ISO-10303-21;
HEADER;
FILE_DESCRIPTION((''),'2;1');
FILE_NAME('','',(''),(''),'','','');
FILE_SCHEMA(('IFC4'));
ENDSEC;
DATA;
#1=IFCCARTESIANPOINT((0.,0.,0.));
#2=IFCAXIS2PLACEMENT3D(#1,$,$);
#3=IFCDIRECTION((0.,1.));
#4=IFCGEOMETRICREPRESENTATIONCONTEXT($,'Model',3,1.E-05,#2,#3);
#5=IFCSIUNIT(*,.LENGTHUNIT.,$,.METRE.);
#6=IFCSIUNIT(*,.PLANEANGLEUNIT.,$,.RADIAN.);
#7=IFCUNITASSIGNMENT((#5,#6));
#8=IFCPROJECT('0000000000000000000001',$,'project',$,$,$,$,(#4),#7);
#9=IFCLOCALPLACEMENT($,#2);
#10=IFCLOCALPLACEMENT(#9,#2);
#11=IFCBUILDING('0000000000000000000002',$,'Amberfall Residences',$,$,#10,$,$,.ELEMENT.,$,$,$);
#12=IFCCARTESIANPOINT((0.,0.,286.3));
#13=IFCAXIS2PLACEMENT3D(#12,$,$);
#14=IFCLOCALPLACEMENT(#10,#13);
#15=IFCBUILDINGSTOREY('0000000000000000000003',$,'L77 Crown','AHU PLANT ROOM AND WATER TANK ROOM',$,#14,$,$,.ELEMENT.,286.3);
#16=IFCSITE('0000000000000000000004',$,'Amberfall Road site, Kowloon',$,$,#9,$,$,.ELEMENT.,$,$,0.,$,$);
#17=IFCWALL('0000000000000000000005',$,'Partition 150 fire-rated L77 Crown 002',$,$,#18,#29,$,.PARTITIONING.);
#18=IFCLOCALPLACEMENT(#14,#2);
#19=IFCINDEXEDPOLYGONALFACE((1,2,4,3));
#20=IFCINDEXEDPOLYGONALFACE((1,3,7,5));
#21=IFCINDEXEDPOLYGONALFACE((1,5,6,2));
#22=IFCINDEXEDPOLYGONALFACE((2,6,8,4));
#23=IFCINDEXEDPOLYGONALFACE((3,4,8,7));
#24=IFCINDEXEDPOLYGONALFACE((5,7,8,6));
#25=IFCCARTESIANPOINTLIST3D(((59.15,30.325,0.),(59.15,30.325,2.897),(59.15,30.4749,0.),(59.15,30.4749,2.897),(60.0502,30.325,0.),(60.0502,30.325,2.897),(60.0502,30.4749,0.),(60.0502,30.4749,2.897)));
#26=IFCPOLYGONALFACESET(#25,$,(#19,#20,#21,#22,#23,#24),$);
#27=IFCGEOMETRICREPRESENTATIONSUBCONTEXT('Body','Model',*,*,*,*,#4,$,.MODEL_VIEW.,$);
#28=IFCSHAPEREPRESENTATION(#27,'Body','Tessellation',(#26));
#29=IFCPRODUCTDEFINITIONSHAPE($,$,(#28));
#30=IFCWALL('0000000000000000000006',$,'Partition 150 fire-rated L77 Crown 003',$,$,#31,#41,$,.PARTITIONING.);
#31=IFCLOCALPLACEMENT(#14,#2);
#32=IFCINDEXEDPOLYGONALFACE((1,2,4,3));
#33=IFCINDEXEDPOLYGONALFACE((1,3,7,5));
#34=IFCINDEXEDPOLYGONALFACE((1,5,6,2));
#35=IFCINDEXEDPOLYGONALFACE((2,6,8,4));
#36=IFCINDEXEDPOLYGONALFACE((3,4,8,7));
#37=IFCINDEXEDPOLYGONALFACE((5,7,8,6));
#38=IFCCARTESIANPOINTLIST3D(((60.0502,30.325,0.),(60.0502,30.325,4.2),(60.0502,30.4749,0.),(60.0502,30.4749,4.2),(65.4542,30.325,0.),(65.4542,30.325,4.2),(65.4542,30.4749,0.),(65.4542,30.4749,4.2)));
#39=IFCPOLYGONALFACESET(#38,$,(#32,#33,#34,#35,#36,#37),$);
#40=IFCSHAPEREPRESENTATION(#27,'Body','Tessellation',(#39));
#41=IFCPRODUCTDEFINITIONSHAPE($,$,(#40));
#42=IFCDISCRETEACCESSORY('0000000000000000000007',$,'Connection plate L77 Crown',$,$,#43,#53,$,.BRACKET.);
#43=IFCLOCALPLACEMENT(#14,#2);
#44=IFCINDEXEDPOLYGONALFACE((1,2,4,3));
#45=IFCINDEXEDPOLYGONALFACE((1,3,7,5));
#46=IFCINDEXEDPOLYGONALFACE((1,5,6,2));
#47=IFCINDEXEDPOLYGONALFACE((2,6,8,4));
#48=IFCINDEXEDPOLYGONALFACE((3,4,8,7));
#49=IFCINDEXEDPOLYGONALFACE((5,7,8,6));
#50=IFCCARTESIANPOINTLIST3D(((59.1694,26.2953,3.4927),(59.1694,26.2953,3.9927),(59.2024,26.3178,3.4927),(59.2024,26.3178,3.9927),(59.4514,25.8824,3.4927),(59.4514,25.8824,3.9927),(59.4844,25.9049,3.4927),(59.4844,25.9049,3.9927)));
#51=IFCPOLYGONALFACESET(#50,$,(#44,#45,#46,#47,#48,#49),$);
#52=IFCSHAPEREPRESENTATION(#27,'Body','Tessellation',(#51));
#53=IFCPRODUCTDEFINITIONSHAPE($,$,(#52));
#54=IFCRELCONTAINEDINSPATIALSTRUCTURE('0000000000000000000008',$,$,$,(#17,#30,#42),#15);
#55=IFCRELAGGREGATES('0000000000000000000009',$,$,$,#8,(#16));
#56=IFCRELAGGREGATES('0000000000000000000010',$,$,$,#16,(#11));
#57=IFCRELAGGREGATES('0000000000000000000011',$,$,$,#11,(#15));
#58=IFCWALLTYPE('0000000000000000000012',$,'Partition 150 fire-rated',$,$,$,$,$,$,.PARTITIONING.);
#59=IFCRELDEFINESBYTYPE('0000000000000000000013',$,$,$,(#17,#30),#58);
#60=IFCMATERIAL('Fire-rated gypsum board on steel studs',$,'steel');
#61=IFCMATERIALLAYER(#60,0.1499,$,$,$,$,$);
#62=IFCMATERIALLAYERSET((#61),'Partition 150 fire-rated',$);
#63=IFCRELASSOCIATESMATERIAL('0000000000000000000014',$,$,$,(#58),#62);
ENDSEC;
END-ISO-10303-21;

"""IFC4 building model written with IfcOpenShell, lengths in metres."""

from ifc_helpers import new_model, si_unit, direction, frame, frame_2d, origin, origin_2d, place, context, subcontext, project, spatial, rectangle, extrude, material, layer, layer_set, type_object, element, save


model = new_model("IFC4")

# Units and contexts
model_context = context("Model", 3, precision=1e-05, world=origin(), true_north=direction((0.0, 1.0)))
body_context = subcontext(model_context, "Body", "Model", "MODEL_VIEW")
ifc_project = project(units=[si_unit("LENGTHUNIT", "METRE"), si_unit("PLANEANGLEUNIT", "RADIAN")], contexts=[model_context])

# Site, building, storey
site_placement = place(None, origin())
site = spatial("IfcSite", under=ifc_project, at=site_placement, Name="Amberfall Road site, Kowloon", CompositionType="ELEMENT", RefElevation=0.0)
building_placement = place(site_placement, origin())
building = spatial("IfcBuilding", under=site, at=building_placement, Name="Amberfall Residences", CompositionType="ELEMENT")
storey_placement = place(building_placement, frame((0.0, 0.0, 286.3)))
storey = spatial("IfcBuildingStorey", under=building, at=storey_placement, Name="L77 Crown", Description="AHU PLANT ROOM AND WATER TANK ROOM", CompositionType="ELEMENT", Elevation=286.3)

# Walls
ifc_material_1 = material(Name="Fire-rated gypsum board on steel studs", Category="steel")
ifc_layer_1 = layer(ifc_material_1, 0.1499)
ifc_layer_set_1 = layer_set([ifc_layer_1], Name="Partition 150 fire-rated")
wall_type = type_object("IfcWallType", Name="Partition 150 fire-rated", PredefinedType="PARTITIONING", material=ifc_layer_set_1)
wall_1_placement = place(storey_placement, frame((59.1499, 30.3999, 0.0), z_axis=(0.0, 0.0, 1.0), x_axis=(1.0, 0.0, 0.0)))
element("IfcWall", 1, at=wall_1_placement, inside=storey, type_object=wall_type, Name="Partition 150 fire-rated L77 Crown 002", PredefinedType="PARTITIONING", context=body_context, shape_type="SweptSolid", body=[
    extrude(rectangle(XDim=0.9001, YDim=0.1499, at=frame_2d((0.4502, 0.0))), origin(), (0.0, 0.0, 1.0), 2.897),
])
wall_2_placement = place(storey_placement, frame((60.05, 30.3999, 0.0), z_axis=(0.0, 0.0, 1.0), x_axis=(1.0, 0.0, 0.0)))
element("IfcWall", 2, at=wall_2_placement, inside=storey, type_object=wall_type, Name="Partition 150 fire-rated L77 Crown 003", PredefinedType="PARTITIONING", context=body_context, shape_type="SweptSolid", body=[
    extrude(rectangle(XDim=5.4041, YDim=0.1499, at=frame_2d((2.7021, 0.0))), origin(), (0.0, 0.0, 1.0), 4.2),
])

# Discrete accessory
discrete_accessory_placement = place(storey_placement, frame((59.3269, 26.1001, 3.4927), z_axis=(0.0, 0.0, 1.0), x_axis=(0.563959, -0.825803, 0.0)))
element("IfcDiscreteAccessory", 3, at=discrete_accessory_placement, inside=storey, Name="Connection plate L77 Crown", PredefinedType="BRACKET", context=body_context, shape_type="SweptSolid", body=[
    extrude(rectangle(XDim=0.5, YDim=0.04, at=origin_2d()), origin(), (0.0, 0.0, 1.0), 0.5),
])

save(model, "model.ifc")
